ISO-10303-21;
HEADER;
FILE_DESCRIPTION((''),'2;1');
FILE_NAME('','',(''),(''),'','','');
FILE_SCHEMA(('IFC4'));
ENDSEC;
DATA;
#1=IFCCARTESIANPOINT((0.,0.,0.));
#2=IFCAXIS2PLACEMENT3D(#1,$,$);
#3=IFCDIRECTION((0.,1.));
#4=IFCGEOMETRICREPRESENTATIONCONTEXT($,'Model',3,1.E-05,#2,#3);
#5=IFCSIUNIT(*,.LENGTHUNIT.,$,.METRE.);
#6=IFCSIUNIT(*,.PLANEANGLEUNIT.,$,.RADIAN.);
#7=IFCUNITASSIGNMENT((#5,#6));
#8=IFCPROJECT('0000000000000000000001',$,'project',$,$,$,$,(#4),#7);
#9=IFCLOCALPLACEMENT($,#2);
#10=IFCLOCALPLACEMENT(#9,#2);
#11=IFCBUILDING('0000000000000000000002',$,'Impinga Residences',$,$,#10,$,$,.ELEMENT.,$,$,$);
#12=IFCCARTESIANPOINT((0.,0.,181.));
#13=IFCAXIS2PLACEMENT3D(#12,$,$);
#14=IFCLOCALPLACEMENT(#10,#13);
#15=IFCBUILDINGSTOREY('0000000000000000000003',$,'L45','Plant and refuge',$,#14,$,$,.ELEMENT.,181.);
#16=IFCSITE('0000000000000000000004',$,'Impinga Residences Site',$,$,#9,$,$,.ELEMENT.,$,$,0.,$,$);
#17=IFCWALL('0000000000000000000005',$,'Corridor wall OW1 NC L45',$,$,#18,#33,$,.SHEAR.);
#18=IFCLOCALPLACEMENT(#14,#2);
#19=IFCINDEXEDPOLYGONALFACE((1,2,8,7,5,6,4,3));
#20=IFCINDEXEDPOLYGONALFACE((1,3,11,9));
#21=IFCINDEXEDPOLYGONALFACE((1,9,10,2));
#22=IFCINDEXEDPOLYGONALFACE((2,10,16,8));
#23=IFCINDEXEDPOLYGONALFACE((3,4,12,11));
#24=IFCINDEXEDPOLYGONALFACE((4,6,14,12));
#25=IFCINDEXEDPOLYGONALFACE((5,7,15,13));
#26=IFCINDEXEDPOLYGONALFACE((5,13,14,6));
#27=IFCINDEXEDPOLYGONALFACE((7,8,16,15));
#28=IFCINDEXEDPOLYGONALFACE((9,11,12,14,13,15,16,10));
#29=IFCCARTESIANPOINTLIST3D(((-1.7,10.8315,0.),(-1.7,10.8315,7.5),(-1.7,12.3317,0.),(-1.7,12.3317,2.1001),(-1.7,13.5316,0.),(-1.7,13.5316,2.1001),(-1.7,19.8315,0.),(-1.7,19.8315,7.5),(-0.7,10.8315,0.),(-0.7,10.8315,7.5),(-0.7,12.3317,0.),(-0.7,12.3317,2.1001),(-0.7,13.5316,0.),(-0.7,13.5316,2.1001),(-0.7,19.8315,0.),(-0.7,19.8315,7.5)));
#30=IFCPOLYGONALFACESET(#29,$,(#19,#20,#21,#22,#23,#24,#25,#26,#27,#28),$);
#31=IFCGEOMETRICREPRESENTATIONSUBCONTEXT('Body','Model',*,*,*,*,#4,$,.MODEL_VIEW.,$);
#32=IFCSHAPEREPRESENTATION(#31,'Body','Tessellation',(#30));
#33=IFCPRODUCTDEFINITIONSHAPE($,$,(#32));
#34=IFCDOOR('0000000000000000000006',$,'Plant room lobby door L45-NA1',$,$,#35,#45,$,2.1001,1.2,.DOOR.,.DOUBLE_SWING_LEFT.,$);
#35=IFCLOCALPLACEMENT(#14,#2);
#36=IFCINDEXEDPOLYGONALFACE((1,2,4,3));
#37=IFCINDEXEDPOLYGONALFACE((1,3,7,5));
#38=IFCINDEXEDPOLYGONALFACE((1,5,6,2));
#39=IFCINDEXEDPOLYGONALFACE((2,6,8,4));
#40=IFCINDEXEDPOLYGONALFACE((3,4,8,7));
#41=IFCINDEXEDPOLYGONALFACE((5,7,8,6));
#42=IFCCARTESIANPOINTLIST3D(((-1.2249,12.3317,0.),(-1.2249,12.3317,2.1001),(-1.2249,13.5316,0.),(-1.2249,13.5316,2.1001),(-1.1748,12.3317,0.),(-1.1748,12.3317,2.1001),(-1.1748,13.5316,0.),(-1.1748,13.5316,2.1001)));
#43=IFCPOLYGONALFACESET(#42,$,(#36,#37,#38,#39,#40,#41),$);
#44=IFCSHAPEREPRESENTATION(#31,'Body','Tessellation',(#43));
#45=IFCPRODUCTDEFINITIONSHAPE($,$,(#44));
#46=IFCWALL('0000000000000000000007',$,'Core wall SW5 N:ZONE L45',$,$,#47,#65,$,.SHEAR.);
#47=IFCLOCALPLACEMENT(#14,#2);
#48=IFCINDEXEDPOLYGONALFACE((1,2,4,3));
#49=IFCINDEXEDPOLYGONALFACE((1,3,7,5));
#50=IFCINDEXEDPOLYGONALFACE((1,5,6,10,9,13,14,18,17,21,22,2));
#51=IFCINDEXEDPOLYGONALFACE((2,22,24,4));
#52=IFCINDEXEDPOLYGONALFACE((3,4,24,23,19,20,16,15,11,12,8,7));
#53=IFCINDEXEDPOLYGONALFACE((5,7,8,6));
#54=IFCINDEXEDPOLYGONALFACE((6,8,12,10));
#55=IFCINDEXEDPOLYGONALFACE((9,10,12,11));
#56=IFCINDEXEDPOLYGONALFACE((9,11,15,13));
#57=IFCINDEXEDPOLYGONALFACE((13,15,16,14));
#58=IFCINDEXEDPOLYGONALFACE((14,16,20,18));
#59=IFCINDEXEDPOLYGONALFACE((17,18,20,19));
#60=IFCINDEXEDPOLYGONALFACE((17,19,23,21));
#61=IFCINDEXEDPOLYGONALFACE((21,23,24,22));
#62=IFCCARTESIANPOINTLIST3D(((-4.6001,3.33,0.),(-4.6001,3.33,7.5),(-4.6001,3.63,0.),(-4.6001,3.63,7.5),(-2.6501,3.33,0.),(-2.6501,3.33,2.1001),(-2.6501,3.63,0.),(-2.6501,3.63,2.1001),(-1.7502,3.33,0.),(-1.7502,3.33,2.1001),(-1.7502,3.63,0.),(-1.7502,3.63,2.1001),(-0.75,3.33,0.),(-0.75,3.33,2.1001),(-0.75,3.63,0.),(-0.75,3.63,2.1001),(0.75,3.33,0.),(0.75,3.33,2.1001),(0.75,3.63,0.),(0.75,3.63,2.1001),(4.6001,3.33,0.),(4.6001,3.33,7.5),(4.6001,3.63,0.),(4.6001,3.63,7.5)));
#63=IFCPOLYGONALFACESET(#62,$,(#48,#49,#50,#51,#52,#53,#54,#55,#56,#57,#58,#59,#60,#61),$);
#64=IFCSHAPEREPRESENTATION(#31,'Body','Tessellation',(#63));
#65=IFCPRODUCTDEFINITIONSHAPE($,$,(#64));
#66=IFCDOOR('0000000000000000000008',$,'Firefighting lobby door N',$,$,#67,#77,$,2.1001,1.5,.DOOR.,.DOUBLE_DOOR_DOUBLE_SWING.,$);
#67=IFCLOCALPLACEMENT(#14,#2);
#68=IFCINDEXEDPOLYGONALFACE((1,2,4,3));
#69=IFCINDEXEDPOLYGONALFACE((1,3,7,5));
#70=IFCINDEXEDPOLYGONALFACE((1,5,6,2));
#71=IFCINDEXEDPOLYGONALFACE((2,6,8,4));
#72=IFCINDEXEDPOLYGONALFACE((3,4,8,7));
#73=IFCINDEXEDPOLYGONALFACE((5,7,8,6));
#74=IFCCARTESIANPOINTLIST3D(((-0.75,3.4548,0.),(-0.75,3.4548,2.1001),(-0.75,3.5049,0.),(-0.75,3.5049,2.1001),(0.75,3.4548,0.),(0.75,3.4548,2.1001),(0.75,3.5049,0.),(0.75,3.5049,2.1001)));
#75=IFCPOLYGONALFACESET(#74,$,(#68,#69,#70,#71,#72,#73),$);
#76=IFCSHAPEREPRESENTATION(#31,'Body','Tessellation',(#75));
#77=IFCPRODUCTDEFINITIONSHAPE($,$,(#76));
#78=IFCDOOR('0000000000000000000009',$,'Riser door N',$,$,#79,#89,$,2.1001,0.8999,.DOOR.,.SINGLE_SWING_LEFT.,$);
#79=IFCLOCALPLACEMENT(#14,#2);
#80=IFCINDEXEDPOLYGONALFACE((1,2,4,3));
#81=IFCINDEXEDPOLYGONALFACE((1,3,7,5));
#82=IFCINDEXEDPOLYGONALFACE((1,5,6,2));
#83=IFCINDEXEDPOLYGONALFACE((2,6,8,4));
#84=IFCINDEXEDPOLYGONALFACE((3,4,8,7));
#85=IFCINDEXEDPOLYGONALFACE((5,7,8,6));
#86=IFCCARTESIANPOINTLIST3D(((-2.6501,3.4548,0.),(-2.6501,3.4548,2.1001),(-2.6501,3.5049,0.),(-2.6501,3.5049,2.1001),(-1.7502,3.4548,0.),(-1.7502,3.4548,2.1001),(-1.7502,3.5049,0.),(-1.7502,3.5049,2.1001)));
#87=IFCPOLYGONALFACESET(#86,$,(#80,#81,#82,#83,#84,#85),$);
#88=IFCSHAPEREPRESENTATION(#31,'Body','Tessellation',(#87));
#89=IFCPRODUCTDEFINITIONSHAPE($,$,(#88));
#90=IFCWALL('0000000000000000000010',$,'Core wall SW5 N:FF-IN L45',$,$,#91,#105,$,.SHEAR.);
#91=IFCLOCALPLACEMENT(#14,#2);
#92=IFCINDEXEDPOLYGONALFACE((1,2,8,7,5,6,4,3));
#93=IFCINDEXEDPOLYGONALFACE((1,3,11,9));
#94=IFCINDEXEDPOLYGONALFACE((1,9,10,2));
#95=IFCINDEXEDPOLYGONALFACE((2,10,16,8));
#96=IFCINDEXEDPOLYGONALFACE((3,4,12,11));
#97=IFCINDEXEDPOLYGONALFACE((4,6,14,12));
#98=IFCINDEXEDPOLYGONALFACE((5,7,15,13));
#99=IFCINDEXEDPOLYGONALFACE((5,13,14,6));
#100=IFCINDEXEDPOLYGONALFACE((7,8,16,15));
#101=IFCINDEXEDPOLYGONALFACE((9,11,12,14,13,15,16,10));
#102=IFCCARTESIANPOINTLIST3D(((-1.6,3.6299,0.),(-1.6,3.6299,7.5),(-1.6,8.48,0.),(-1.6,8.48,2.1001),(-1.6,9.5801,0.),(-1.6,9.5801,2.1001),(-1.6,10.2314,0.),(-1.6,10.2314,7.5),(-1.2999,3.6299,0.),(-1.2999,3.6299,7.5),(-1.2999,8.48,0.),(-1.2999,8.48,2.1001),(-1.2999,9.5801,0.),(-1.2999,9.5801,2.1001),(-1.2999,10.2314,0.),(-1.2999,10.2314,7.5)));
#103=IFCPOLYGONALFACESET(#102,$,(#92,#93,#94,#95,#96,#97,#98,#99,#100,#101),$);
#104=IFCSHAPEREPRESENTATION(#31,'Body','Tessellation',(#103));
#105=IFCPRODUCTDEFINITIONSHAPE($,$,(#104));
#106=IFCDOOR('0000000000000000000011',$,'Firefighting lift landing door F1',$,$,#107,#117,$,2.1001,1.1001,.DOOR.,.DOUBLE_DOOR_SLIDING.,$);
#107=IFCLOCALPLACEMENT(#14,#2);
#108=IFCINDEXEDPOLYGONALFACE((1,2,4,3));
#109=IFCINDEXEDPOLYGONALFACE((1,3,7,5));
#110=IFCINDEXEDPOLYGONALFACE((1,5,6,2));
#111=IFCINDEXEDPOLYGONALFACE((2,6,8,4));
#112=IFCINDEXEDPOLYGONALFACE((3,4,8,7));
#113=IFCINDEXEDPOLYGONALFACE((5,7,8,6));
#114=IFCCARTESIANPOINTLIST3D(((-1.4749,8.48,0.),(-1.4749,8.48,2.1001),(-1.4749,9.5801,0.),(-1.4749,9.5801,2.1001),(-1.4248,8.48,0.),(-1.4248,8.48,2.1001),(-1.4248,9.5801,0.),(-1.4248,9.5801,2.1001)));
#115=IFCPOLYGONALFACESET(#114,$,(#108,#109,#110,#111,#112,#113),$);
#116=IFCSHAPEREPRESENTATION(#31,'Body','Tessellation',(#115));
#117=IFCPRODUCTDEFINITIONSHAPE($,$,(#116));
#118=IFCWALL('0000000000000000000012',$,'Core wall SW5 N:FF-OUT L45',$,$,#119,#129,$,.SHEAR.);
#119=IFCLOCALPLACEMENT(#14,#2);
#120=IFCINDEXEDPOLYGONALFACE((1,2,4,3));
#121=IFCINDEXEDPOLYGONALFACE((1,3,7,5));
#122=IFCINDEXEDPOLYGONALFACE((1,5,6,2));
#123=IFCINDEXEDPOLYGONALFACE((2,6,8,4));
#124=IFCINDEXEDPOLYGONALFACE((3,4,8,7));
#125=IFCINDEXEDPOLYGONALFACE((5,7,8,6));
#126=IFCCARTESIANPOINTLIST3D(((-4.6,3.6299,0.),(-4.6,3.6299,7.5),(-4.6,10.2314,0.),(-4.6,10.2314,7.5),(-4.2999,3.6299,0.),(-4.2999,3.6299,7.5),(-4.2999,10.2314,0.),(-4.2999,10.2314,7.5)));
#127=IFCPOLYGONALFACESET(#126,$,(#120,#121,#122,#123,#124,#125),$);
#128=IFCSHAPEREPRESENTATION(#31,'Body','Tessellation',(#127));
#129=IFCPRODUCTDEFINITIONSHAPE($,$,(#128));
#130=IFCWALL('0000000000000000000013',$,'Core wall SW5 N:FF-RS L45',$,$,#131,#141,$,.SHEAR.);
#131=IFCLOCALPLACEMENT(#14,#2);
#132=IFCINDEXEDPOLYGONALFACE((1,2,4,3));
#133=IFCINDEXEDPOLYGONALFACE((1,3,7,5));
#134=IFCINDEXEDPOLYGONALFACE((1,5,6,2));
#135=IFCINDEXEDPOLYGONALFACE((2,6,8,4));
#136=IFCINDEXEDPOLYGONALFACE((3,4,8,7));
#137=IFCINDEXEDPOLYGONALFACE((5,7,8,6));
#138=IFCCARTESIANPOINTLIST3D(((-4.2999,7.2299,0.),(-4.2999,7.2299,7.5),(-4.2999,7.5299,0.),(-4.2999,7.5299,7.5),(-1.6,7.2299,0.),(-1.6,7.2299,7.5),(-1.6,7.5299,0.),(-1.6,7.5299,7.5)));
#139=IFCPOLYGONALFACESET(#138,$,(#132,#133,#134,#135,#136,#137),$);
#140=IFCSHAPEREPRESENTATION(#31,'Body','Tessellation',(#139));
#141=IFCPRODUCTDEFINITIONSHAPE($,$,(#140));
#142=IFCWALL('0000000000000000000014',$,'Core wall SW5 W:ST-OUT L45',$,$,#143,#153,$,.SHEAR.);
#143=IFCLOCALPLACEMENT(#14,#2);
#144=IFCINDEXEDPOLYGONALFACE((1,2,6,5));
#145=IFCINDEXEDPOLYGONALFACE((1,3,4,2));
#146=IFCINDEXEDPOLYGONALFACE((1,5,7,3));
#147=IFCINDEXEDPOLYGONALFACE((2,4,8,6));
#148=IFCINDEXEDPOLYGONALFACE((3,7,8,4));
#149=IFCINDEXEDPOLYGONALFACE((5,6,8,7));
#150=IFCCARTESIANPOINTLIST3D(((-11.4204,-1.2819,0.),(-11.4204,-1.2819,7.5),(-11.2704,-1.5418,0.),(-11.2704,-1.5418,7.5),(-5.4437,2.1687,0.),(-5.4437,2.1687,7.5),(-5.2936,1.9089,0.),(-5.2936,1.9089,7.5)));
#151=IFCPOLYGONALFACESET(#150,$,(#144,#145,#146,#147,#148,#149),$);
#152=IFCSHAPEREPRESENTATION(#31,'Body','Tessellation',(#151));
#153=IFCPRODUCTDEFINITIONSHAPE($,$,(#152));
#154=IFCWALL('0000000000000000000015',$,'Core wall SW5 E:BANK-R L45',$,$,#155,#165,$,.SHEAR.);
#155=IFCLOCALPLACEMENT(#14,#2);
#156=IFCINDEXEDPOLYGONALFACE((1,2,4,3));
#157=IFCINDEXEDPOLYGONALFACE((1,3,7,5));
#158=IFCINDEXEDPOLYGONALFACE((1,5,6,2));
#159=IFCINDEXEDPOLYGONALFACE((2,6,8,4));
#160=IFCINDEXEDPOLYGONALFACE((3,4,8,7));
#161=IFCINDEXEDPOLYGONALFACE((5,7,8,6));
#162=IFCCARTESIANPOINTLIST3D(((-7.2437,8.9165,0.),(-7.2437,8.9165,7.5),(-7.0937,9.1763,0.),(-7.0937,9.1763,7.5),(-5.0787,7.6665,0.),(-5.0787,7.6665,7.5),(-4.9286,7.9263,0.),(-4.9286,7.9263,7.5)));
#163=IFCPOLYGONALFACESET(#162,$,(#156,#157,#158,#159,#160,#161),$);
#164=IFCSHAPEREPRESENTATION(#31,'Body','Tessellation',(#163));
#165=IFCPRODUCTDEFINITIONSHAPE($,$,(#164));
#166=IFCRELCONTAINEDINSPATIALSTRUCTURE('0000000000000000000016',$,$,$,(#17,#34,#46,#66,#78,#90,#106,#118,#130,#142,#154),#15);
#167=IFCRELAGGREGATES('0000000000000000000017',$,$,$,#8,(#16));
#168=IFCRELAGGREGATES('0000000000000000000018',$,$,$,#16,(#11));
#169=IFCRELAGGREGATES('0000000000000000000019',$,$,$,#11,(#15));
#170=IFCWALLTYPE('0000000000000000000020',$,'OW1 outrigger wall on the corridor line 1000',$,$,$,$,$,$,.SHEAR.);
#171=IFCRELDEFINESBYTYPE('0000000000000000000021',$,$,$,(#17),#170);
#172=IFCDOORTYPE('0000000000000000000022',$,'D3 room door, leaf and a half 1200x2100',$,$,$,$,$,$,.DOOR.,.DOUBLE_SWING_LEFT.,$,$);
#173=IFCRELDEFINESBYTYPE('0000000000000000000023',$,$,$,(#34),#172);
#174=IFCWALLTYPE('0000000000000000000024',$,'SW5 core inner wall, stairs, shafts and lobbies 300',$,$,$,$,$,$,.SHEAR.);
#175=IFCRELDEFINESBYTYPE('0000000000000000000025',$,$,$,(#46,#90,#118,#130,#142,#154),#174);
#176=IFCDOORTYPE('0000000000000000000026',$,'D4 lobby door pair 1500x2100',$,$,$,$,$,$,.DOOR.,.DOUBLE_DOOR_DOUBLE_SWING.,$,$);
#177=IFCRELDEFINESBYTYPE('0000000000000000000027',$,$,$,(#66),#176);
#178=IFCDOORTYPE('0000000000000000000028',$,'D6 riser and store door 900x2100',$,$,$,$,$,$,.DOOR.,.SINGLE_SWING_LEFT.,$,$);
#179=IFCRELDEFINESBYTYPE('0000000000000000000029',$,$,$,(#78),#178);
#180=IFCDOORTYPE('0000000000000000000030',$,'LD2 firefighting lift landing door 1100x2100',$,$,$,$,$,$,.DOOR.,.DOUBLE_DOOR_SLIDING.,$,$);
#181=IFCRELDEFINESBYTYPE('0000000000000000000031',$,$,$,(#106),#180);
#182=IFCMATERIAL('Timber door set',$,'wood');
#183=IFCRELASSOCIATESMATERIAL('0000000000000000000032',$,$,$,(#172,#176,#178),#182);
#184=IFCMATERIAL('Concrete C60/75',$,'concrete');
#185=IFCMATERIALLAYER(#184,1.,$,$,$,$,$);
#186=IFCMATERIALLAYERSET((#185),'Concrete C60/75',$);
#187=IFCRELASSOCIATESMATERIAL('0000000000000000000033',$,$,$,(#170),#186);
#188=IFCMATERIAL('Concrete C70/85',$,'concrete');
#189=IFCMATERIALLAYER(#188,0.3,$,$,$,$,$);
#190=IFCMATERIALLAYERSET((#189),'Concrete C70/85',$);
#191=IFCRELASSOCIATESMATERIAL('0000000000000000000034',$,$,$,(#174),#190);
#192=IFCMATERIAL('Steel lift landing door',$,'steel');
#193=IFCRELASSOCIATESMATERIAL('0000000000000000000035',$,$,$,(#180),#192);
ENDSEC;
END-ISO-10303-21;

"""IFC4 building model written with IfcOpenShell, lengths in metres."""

from ifc_helpers import new_model, si_unit, direction, frame, frame_2d, origin, place, context, subcontext, project, spatial, rectangle, extrude, material, layer, layer_set, type_object, element, fill, save


model = new_model("IFC4")

# Units and contexts
model_context = context("Model", 3, precision=1e-05, world=origin(), true_north=direction((0.0, 1.0)))
body_context = subcontext(model_context, "Body", "Model", "MODEL_VIEW")
ifc_project = project(units=[si_unit("LENGTHUNIT", "METRE"), si_unit("PLANEANGLEUNIT", "RADIAN")], contexts=[model_context])

# Site, building, storey
site_placement = place(None, origin())
site = spatial("IfcSite", under=ifc_project, at=site_placement, Name="Impinga Residences Site", CompositionType="ELEMENT", RefElevation=0.0)
building_placement = place(site_placement, origin())
building = spatial("IfcBuilding", under=site, at=building_placement, Name="Impinga Residences", CompositionType="ELEMENT")
storey_placement = place(building_placement, frame((0.0, 0.0, 181.0)))
storey = spatial("IfcBuildingStorey", under=building, at=storey_placement, Name="L45", Description="Plant and refuge", CompositionType="ELEMENT", Elevation=181.0)

# Wall, opening, door
ifc_material_1 = material(Name="Timber door set", Category="wood")
door_type_1 = type_object("IfcDoorType", Name="D3 room door, leaf and a half 1200x2100", OperationType="DOUBLE_SWING_LEFT", PredefinedType="DOOR", material=ifc_material_1)
ifc_material_2 = material(Name="Concrete C60/75", Category="concrete")
ifc_layer_1 = layer(ifc_material_2, 1.0)
ifc_layer_set_1 = layer_set([ifc_layer_1], Name="Concrete C60/75")
wall_type_1 = type_object("IfcWallType", Name="OW1 outrigger wall on the corridor line 1000", PredefinedType="SHEAR", material=ifc_layer_set_1)
wall_1_placement = place(storey_placement, frame((-1.2, 10.8315, 0.0), z_axis=(0.0, 0.0, 1.0), x_axis=(0.0, 1.0, 0.0)))
wall_1 = element("IfcWall", 1, at=wall_1_placement, inside=storey, type_object=wall_type_1, Name="Corridor wall OW1 NC L45", PredefinedType="SHEAR", context=body_context, shape_type="SweptSolid", body=[
    extrude(rectangle(XDim=9.0, YDim=1.0, at=frame_2d((4.5, 0.0))), origin(), (0.0, 0.0, 1.0), 7.5),
])
opening_1_placement = place(wall_1_placement, frame((1.5, 0.0, 0.0)))
opening_1 = element("IfcOpeningElement", 2, at=opening_1_placement, cuts=wall_1, PredefinedType="OPENING", context=body_context, shape_type="SweptSolid", body=[
    extrude(rectangle(XDim=1.2, YDim=2.1001, at=frame_2d((0.6001, 1.05))), frame((0.0, 0.51, 0.0), z_axis=(0.0, -1.0, 0.0), x_axis=(1.0, 0.0, 0.0)), (0.0, 0.0, 1.0), 1.02),
])
door_1_placement = place(opening_1_placement, origin())
door_1 = element("IfcDoor", 3, at=door_1_placement, inside=storey, type_object=door_type_1, Name="Plant room lobby door L45-NA1", OperationType="DOUBLE_SWING_LEFT", OverallHeight=2.1001, OverallWidth=1.2, PredefinedType="DOOR", context=body_context, shape_type="SweptSolid", body=[
    extrude(rectangle(XDim=1.2, YDim=2.1001, at=frame_2d((0.6001, 1.05))), frame((0.0, 0.0249, 0.0), z_axis=(0.0, -1.0, 0.0), x_axis=(1.0, 0.0, 0.0)), (0.0, 0.0, 1.0), 0.05),
])
fill(opening_1, door_1)

# Wall, openings, doors
ifc_material_3 = material(Name="Concrete C70/85", Category="concrete")
ifc_layer_2 = layer(ifc_material_3, 0.3)
ifc_layer_set_2 = layer_set([ifc_layer_2], Name="Concrete C70/85")
wall_type_2 = type_object("IfcWallType", Name="SW5 core inner wall, stairs, shafts and lobbies 300", PredefinedType="SHEAR", material=ifc_layer_set_2)
wall_2_placement = place(storey_placement, frame((-4.6001, 3.48, 0.0), z_axis=(0.0, 0.0, 1.0), x_axis=(1.0, 0.0, 0.0)))
wall_2 = element("IfcWall", 4, at=wall_2_placement, inside=storey, type_object=wall_type_2, Name="Core wall SW5 N:ZONE L45", PredefinedType="SHEAR", context=body_context, shape_type="SweptSolid", body=[
    extrude(rectangle(XDim=9.2002, YDim=0.3, at=frame_2d((4.6001, 0.0))), origin(), (0.0, 0.0, 1.0), 7.5),
])
opening_2_placement = place(wall_2_placement, frame((3.8501, 0.0, 0.0)))
opening_2 = element("IfcOpeningElement", 5, at=opening_2_placement, cuts=wall_2, PredefinedType="OPENING", context=body_context, shape_type="SweptSolid", body=[
    extrude(rectangle(XDim=1.5, YDim=2.1001, at=frame_2d((0.75, 1.05))), frame((0.0, 0.1599, 0.0), z_axis=(0.0, -1.0, 0.0), x_axis=(1.0, 0.0, 0.0)), (0.0, 0.0, 1.0), 0.3201),
])
opening_3_placement = place(wall_2_placement, frame((1.95, 0.0, 0.0)))
opening_3 = element("IfcOpeningElement", 6, at=opening_3_placement, cuts=wall_2, PredefinedType="OPENING", context=body_context, shape_type="SweptSolid", body=[
    extrude(rectangle(XDim=0.8999, YDim=2.1001, at=frame_2d((0.45, 1.05))), frame((0.0, 0.1599, 0.0), z_axis=(0.0, -1.0, 0.0), x_axis=(1.0, 0.0, 0.0)), (0.0, 0.0, 1.0), 0.3201),
])
door_type_2 = type_object("IfcDoorType", Name="D4 lobby door pair 1500x2100", OperationType="DOUBLE_DOOR_DOUBLE_SWING", PredefinedType="DOOR", material=ifc_material_1)
door_2_placement = place(opening_2_placement, origin())
door_2 = element("IfcDoor", 7, at=door_2_placement, inside=storey, type_object=door_type_2, Name="Firefighting lobby door N", OperationType="DOUBLE_DOOR_DOUBLE_SWING", OverallHeight=2.1001, OverallWidth=1.5, PredefinedType="DOOR", context=body_context, shape_type="SweptSolid", body=[
    extrude(rectangle(XDim=1.5, YDim=2.1001, at=frame_2d((0.75, 1.05))), frame((0.0, 0.0249, 0.0), z_axis=(0.0, -1.0, 0.0), x_axis=(1.0, 0.0, 0.0)), (0.0, 0.0, 1.0), 0.05),
])
fill(opening_2, door_2)
door_type_3 = type_object("IfcDoorType", Name="D6 riser and store door 900x2100", OperationType="SINGLE_SWING_LEFT", PredefinedType="DOOR", material=ifc_material_1)
door_3_placement = place(opening_3_placement, origin())
door_3 = element("IfcDoor", 8, at=door_3_placement, inside=storey, type_object=door_type_3, Name="Riser door N", OperationType="SINGLE_SWING_LEFT", OverallHeight=2.1001, OverallWidth=0.8999, PredefinedType="DOOR", context=body_context, shape_type="SweptSolid", body=[
    extrude(rectangle(XDim=0.8999, YDim=2.1001, at=frame_2d((0.45, 1.05))), frame((0.0, 0.0249, 0.0), z_axis=(0.0, -1.0, 0.0), x_axis=(1.0, 0.0, 0.0)), (0.0, 0.0, 1.0), 0.05),
])
fill(opening_3, door_3)

# Wall, opening, door
wall_3_placement = place(storey_placement, frame((-1.45, 3.6299, 0.0), z_axis=(0.0, 0.0, 1.0), x_axis=(0.0, 1.0, 0.0)))
wall_3 = element("IfcWall", 9, at=wall_3_placement, inside=storey, type_object=wall_type_2, Name="Core wall SW5 N:FF-IN L45", PredefinedType="SHEAR", context=body_context, shape_type="SweptSolid", body=[
    extrude(rectangle(XDim=6.6016, YDim=0.3, at=frame_2d((3.3008, 0.0))), origin(), (0.0, 0.0, 1.0), 7.5),
])
opening_4_placement = place(wall_3_placement, frame((4.8501, 0.0, 0.0)))
opening_4 = element("IfcOpeningElement", 10, at=opening_4_placement, cuts=wall_3, PredefinedType="OPENING", context=body_context, shape_type="SweptSolid", body=[
    extrude(rectangle(XDim=1.1001, YDim=2.1001, at=frame_2d((0.55, 1.05))), frame((0.0, 0.1599, 0.0), z_axis=(0.0, -1.0, 0.0), x_axis=(1.0, 0.0, 0.0)), (0.0, 0.0, 1.0), 0.3201),
])
ifc_material_4 = material(Name="Steel lift landing door", Category="steel")
door_type_4 = type_object("IfcDoorType", Name="LD2 firefighting lift landing door 1100x2100", OperationType="DOUBLE_DOOR_SLIDING", PredefinedType="DOOR", material=ifc_material_4)
door_4_placement = place(opening_4_placement, origin())
door_4 = element("IfcDoor", 11, at=door_4_placement, inside=storey, type_object=door_type_4, Name="Firefighting lift landing door F1", OperationType="DOUBLE_DOOR_SLIDING", OverallHeight=2.1001, OverallWidth=1.1001, PredefinedType="DOOR", context=body_context, shape_type="SweptSolid", body=[
    extrude(rectangle(XDim=1.1001, YDim=2.1001, at=frame_2d((0.55, 1.05))), frame((0.0, 0.0249, 0.0), z_axis=(0.0, -1.0, 0.0), x_axis=(1.0, 0.0, 0.0)), (0.0, 0.0, 1.0), 0.05),
])
fill(opening_4, door_4)

# Walls
wall_4_placement = place(storey_placement, frame((-4.45, 3.6299, 0.0), z_axis=(0.0, 0.0, 1.0), x_axis=(0.0, 1.0, 0.0)))
element("IfcWall", 12, at=wall_4_placement, inside=storey, type_object=wall_type_2, Name="Core wall SW5 N:FF-OUT L45", PredefinedType="SHEAR", context=body_context, shape_type="SweptSolid", body=[
    extrude(rectangle(XDim=6.6016, YDim=0.3, at=frame_2d((3.3008, 0.0))), origin(), (0.0, 0.0, 1.0), 7.5),
])
wall_5_placement = place(storey_placement, frame((-4.3, 7.3799, 0.0), z_axis=(0.0, 0.0, 1.0), x_axis=(1.0, 0.0, 0.0)))
element("IfcWall", 13, at=wall_5_placement, inside=storey, type_object=wall_type_2, Name="Core wall SW5 N:FF-RS L45", PredefinedType="SHEAR", context=body_context, shape_type="SweptSolid", body=[
    extrude(rectangle(XDim=2.7, YDim=0.3, at=frame_2d((1.3501, 0.0))), origin(), (0.0, 0.0, 1.0), 7.5),
])
wall_6_placement = place(storey_placement, frame((-5.3687, 2.0388, 0.0), z_axis=(0.0, 0.0, 1.0), x_axis=(-0.866027, -0.499997, 0.0)))
element("IfcWall", 14, at=wall_6_placement, inside=storey, type_object=wall_type_2, Name="Core wall SW5 W:ST-OUT L45", PredefinedType="SHEAR", context=body_context, shape_type="SweptSolid", body=[
    extrude(rectangle(XDim=6.9014, YDim=0.3, at=frame_2d((3.4507, 0.0))), origin(), (0.0, 0.0, 1.0), 7.5),
])
wall_7_placement = place(storey_placement, frame((-5.0037, 7.7964, 0.0), z_axis=(0.0, 0.0, 1.0), x_axis=(-0.866023, 0.500004, 0.0)))
element("IfcWall", 15, at=wall_7_placement, inside=storey, type_object=wall_type_2, Name="Core wall SW5 E:BANK-R L45", PredefinedType="SHEAR", context=body_context, shape_type="SweptSolid", body=[
    extrude(rectangle(XDim=2.5, YDim=0.3, at=frame_2d((1.25, 0.0))), origin(), (0.0, 0.0, 1.0), 7.5),
])

save(model, "model.ifc")
